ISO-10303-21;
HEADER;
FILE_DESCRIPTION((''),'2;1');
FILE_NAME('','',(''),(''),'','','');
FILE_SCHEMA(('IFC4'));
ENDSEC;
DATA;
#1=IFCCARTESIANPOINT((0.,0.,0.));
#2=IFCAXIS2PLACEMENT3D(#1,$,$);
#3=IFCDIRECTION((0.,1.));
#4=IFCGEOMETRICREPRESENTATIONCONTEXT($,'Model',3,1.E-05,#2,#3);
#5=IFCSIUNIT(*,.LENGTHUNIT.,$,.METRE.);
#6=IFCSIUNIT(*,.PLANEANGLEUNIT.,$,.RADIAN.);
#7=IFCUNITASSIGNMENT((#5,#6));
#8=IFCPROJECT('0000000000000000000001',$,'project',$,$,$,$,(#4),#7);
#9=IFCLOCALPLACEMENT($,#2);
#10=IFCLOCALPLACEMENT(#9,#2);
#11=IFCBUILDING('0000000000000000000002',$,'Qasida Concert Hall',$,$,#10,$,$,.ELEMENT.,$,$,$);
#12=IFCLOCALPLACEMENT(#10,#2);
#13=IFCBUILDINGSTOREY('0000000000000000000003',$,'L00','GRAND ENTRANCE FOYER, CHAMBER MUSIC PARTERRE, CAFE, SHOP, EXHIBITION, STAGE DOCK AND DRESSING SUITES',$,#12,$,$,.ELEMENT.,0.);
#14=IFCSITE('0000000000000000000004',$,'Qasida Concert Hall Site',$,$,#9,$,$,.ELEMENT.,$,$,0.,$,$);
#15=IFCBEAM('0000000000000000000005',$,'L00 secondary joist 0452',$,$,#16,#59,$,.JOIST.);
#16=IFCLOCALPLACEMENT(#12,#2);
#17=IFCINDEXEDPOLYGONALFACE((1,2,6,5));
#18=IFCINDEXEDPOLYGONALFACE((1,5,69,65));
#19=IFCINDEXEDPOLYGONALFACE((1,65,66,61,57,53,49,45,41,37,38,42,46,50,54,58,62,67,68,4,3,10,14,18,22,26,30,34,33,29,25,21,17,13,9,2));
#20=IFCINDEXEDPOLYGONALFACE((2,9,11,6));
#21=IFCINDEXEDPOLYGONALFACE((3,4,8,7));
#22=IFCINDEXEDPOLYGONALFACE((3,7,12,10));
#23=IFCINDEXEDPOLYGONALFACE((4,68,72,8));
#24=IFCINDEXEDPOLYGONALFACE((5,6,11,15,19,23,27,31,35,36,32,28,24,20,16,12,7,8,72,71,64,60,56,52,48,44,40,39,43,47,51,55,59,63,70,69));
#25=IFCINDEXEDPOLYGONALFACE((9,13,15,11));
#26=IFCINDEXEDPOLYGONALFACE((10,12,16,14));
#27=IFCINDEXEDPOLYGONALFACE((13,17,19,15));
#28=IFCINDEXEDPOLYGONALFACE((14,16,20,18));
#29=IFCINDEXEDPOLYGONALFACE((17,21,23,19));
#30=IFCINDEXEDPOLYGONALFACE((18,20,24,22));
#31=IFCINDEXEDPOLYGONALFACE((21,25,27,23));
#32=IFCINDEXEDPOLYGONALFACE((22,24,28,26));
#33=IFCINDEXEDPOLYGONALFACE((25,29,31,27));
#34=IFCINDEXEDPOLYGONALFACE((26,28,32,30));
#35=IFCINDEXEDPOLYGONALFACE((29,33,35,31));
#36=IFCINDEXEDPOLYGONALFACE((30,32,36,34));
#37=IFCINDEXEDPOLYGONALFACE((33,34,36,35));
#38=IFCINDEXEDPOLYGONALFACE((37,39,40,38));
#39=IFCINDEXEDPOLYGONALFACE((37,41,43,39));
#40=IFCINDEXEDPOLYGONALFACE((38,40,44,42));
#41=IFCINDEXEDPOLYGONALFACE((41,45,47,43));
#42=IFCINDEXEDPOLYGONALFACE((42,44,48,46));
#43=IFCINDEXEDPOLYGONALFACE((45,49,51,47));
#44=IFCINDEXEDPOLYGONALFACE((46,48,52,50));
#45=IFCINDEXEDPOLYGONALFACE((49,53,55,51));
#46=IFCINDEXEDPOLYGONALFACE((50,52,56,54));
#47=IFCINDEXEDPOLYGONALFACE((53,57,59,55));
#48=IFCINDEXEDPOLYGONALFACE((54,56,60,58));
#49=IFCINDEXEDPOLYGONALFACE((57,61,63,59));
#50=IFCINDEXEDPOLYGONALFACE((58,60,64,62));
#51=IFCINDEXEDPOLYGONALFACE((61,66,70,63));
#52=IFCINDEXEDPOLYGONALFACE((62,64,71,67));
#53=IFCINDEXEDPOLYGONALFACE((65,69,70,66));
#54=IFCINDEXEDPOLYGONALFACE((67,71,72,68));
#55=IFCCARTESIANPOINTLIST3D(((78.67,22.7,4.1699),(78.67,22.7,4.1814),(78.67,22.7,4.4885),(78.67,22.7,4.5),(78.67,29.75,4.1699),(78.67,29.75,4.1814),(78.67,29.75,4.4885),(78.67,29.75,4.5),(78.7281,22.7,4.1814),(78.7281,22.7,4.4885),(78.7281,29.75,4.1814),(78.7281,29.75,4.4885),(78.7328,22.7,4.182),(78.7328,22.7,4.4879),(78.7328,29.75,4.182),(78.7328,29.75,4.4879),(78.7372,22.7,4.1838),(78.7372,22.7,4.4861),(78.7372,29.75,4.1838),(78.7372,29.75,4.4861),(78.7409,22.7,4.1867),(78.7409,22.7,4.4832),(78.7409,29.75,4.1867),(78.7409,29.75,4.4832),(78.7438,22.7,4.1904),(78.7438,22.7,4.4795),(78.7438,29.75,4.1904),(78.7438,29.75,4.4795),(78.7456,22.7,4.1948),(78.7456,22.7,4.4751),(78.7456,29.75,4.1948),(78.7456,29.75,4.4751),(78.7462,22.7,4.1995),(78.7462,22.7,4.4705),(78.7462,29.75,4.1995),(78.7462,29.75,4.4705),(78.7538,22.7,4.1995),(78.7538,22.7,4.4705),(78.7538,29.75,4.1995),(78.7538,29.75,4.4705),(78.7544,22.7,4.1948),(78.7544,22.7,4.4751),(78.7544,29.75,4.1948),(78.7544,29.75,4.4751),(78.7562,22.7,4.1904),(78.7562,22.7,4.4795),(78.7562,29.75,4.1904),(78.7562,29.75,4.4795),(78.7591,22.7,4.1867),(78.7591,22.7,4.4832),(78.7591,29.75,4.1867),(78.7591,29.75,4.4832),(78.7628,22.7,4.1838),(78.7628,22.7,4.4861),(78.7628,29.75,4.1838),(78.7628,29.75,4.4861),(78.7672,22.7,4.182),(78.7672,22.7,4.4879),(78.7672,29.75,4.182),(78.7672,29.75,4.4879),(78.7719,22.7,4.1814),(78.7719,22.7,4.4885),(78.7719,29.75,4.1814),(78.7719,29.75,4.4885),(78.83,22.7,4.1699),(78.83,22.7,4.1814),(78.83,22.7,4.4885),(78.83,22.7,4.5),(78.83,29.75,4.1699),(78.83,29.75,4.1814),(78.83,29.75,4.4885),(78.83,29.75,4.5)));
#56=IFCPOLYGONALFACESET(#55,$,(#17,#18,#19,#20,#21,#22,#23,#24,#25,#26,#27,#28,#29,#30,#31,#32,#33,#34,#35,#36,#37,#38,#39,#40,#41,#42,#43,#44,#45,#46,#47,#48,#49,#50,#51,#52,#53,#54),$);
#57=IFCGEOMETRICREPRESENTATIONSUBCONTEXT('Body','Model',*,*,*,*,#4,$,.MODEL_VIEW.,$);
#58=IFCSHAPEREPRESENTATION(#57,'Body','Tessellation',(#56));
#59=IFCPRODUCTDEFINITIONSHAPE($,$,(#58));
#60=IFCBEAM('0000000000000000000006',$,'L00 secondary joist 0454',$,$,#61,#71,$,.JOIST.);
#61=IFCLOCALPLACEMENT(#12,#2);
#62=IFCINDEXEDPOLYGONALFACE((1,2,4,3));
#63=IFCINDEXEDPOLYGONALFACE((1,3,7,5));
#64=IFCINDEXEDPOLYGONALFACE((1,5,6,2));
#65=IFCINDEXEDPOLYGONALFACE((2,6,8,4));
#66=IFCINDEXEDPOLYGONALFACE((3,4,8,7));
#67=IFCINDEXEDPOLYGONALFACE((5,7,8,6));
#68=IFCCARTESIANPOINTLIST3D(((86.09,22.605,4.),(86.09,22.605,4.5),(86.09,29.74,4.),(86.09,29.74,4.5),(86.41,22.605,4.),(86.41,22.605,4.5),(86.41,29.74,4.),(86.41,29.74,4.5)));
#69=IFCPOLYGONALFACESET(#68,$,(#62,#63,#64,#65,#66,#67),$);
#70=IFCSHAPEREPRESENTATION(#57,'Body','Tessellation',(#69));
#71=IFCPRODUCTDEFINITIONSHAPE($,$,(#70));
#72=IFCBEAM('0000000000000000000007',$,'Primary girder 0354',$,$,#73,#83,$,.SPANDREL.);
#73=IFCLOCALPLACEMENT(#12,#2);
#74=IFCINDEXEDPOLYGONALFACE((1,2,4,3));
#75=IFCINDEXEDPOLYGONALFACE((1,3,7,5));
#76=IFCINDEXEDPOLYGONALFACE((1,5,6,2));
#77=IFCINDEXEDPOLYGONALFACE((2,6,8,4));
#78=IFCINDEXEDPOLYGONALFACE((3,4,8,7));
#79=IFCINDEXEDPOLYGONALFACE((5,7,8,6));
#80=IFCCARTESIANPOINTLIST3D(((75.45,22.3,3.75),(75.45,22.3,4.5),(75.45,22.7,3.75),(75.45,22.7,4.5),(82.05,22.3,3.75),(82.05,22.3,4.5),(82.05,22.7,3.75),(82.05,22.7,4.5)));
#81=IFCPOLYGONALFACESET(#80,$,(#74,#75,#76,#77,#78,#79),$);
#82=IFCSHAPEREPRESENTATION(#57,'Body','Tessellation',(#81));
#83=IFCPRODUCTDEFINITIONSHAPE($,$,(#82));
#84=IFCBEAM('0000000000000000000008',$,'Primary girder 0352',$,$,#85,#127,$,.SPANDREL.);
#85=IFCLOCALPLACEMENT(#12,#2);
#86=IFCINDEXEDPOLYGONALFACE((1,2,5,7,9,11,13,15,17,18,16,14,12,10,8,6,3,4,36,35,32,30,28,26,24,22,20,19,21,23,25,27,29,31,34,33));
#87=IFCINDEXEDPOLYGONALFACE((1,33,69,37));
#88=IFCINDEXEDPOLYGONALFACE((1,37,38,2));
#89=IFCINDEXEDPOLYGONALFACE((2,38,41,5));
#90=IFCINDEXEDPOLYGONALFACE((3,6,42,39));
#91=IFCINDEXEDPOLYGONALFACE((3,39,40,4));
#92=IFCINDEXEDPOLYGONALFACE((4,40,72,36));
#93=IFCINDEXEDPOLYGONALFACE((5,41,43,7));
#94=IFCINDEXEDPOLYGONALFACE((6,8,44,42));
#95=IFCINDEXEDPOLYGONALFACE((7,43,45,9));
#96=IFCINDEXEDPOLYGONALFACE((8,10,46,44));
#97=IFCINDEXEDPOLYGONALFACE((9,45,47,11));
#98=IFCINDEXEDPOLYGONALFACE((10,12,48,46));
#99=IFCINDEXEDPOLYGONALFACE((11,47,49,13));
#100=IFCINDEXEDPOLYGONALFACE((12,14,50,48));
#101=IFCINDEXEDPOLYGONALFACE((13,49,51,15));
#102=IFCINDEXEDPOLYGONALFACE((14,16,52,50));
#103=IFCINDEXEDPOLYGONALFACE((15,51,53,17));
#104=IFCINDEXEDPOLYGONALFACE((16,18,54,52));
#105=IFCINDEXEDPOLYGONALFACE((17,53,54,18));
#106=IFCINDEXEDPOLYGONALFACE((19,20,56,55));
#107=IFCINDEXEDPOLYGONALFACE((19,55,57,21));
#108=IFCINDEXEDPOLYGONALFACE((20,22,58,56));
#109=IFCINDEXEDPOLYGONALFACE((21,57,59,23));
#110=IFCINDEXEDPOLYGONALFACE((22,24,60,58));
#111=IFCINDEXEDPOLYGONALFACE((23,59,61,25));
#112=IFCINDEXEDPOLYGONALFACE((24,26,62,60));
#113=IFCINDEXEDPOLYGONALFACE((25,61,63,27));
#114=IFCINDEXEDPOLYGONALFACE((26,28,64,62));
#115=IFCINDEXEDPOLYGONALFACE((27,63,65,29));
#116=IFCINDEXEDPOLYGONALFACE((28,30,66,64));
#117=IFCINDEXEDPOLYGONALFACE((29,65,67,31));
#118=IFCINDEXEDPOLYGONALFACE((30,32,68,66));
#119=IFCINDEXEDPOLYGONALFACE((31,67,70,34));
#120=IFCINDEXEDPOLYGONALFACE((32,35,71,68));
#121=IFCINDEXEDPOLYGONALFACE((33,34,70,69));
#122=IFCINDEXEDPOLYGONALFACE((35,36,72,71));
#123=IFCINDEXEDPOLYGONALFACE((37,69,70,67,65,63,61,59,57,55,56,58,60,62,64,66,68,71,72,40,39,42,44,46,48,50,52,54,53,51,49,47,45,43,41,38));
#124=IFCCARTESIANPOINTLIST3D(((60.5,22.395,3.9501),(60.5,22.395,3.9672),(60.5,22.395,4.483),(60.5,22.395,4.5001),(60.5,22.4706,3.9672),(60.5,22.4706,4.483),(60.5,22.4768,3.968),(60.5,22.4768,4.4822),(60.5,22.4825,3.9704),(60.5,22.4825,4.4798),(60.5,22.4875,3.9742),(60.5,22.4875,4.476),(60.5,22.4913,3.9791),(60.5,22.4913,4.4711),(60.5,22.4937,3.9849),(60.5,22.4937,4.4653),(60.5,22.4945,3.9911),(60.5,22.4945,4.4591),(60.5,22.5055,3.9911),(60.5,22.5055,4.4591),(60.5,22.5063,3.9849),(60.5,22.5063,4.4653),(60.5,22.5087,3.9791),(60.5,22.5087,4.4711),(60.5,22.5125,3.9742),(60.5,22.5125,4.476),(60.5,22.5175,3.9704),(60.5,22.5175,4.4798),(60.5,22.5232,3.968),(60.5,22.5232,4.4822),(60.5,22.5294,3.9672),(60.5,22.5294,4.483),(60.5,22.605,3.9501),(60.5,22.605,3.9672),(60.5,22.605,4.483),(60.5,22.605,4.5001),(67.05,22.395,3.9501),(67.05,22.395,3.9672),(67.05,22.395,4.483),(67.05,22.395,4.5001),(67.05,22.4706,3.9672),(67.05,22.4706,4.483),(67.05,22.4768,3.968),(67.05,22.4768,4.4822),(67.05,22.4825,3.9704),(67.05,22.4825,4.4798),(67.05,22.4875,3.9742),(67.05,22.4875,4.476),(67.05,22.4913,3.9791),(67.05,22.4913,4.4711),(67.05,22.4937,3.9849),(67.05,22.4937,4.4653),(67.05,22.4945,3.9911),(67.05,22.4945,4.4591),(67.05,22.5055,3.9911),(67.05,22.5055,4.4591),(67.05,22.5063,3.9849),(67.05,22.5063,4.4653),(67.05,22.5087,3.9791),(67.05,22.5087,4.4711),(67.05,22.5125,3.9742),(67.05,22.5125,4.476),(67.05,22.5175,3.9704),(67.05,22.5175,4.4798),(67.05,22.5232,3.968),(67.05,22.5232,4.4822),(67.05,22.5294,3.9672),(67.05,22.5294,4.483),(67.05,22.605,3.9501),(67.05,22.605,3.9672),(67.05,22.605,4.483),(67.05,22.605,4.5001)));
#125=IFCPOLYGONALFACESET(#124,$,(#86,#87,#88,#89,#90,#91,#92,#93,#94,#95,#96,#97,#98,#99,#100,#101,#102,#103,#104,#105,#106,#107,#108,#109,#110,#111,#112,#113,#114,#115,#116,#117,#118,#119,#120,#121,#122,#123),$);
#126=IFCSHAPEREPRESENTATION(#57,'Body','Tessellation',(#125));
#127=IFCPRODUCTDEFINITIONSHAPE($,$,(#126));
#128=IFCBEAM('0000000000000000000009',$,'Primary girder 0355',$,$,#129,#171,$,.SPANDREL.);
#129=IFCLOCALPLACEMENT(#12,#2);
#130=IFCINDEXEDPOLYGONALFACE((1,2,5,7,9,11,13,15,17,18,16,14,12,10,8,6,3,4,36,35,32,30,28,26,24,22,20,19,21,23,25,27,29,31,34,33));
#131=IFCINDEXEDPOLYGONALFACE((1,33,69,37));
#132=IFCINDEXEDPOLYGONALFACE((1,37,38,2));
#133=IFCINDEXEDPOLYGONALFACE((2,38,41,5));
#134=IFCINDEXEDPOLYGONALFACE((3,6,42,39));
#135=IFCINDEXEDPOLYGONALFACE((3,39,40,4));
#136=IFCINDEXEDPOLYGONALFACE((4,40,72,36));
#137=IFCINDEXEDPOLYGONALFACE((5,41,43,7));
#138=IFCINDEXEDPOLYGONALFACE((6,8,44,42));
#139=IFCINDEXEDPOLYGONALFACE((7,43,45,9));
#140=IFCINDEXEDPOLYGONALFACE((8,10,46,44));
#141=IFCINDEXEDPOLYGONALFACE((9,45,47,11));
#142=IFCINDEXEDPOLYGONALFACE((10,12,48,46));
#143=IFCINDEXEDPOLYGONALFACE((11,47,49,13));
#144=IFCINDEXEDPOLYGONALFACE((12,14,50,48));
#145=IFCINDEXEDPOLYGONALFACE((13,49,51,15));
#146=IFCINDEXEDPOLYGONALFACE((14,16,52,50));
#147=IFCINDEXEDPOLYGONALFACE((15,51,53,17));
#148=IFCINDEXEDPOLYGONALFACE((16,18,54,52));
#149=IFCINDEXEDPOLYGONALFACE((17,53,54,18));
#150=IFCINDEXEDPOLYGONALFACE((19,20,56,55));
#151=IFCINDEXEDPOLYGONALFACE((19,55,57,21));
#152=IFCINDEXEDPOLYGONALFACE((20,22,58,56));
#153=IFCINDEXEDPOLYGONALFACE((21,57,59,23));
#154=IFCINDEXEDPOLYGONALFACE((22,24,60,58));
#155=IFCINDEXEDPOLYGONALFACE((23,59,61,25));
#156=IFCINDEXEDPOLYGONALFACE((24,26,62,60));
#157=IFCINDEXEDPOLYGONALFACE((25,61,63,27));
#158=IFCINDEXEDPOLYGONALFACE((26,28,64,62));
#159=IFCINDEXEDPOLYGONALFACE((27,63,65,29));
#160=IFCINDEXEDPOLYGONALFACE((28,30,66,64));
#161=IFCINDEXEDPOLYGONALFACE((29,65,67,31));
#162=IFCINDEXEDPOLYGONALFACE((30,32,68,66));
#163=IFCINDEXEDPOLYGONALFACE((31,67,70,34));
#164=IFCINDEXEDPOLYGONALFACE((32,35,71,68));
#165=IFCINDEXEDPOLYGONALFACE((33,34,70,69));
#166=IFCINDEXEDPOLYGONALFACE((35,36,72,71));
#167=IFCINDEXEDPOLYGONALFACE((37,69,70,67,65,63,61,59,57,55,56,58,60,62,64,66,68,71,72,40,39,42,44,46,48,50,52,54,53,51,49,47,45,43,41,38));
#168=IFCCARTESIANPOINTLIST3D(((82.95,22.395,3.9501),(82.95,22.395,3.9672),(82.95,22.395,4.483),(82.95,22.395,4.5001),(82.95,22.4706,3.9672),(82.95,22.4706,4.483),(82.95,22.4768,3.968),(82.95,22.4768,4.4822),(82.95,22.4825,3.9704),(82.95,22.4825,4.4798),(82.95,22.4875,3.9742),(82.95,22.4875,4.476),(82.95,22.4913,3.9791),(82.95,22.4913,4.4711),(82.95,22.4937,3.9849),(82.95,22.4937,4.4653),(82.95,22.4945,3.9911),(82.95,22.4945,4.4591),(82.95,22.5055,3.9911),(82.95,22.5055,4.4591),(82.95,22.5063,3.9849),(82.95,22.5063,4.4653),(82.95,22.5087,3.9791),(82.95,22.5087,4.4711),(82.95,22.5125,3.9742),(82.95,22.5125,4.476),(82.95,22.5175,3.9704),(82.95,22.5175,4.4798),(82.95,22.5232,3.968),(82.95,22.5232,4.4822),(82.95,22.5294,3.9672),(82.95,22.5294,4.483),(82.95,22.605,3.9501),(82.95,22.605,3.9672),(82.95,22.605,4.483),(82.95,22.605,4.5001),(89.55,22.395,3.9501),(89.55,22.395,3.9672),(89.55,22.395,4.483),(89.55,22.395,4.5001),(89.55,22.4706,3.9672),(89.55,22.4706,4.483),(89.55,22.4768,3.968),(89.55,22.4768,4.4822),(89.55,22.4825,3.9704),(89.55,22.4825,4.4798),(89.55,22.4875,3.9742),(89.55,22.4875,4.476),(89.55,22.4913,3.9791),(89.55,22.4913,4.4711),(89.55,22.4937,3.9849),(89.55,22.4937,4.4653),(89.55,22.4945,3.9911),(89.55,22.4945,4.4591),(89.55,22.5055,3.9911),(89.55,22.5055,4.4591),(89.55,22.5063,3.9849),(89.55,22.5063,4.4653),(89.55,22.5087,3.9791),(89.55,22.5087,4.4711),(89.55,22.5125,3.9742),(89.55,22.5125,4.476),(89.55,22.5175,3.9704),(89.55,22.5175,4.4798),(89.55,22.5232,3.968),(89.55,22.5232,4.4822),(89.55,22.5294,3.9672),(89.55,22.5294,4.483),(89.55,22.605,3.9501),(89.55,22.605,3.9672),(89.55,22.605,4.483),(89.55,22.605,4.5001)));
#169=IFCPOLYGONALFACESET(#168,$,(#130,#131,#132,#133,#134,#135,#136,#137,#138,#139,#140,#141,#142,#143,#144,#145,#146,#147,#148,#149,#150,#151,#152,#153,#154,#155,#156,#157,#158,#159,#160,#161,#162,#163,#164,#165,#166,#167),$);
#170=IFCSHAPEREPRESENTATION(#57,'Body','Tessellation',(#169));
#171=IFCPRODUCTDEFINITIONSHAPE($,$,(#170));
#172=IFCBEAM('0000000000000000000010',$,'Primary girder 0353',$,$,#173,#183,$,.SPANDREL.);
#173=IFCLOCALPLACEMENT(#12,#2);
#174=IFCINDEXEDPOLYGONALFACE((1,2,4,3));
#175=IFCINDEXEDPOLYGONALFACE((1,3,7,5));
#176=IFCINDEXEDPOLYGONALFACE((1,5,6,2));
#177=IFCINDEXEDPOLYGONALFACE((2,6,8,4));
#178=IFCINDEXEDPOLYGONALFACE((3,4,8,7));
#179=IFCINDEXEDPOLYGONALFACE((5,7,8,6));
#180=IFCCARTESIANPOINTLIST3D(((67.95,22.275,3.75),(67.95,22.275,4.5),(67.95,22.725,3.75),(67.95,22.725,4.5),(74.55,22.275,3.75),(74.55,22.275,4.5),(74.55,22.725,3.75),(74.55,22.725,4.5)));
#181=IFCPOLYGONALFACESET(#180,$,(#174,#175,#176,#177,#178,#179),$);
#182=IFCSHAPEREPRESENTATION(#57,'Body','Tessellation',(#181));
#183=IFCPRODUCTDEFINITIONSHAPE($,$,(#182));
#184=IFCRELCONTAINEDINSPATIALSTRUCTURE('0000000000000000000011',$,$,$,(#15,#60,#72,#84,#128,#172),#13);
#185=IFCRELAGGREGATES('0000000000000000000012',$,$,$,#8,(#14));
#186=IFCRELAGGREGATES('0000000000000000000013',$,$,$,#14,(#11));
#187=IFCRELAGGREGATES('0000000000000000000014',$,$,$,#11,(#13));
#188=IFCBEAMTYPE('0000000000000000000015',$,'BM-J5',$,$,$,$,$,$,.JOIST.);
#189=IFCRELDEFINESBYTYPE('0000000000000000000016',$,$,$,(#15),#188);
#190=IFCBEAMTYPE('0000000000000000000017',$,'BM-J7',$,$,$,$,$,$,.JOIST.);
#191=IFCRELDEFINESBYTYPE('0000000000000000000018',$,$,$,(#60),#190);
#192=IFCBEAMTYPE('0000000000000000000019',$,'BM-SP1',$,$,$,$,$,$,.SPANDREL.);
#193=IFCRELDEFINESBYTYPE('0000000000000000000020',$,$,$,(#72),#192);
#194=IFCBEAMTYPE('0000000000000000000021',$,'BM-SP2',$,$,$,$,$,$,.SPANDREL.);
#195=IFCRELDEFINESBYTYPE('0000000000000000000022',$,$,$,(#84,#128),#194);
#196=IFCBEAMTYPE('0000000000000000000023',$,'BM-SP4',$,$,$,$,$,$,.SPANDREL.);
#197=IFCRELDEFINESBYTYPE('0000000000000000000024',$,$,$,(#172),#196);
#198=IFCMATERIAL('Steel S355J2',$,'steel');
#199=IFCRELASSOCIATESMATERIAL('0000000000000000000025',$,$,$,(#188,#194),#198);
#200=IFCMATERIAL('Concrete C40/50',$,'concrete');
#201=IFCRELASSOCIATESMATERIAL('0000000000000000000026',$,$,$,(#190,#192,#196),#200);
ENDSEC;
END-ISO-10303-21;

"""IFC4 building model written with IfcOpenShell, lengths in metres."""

from ifc_helpers import new_model, si_unit, direction, frame, origin, origin_2d, place, context, subcontext, project, spatial, rectangle, i_section, extrude, material, material_profile, profile_set, type_object, element, save


model = new_model("IFC4")

# Units and contexts
model_context = context("Model", 3, precision=1e-05, world=origin(), true_north=direction((0.0, 1.0)))
body_context = subcontext(model_context, "Body", "Model", "MODEL_VIEW")
ifc_project = project(units=[si_unit("LENGTHUNIT", "METRE"), si_unit("PLANEANGLEUNIT", "RADIAN")], contexts=[model_context])

# Site, building, storey
site_placement = place(None, origin())
site = spatial("IfcSite", under=ifc_project, at=site_placement, Name="Qasida Concert Hall Site", CompositionType="ELEMENT", RefElevation=0.0)
building_placement = place(site_placement, origin())
building = spatial("IfcBuilding", under=site, at=building_placement, Name="Qasida Concert Hall", CompositionType="ELEMENT")
storey_placement = place(building_placement, origin())
storey = spatial("IfcBuildingStorey", under=building, at=storey_placement, Name="L00", Description="GRAND ENTRANCE FOYER, CHAMBER MUSIC PARTERRE, CAFE, SHOP, EXHIBITION, STAGE DOCK AND DRESSING SUITES", CompositionType="ELEMENT", Elevation=0.0)

# Beams
ifc_material_1 = material(Name="Concrete C40/50", Category="concrete")
ifc_material_2 = material(Name="Steel S355J2", Category="steel")
ifc_material_profile_1 = material_profile(ifc_material_2, i_section(OverallWidth=0.1599, OverallDepth=0.3301, WebThickness=0.0076, FlangeThickness=0.0115, FilletRadius=0.0181, at=origin_2d()), Name="IPE 330")
ifc_profile_set_1 = profile_set([ifc_material_profile_1], Name="Steel S355J2")
beam_type_1 = type_object("IfcBeamType", Name="BM-J5", PredefinedType="JOIST", material=ifc_profile_set_1)
beam_1_placement = place(storey_placement, frame((78.75, 22.7, 4.335), z_axis=(0.0, 1.0, 0.0), x_axis=(-1.0, 0.0, 0.0)))
element("IfcBeam", 1, at=beam_1_placement, inside=storey, type_object=beam_type_1, Name="L00 secondary joist 0452", PredefinedType="JOIST", context=body_context, shape_type="SweptSolid", body=[
    extrude(i_section(OverallWidth=0.1599, OverallDepth=0.3301, WebThickness=0.0076, FlangeThickness=0.0115, FilletRadius=0.0181, at=origin_2d()), origin(), (0.0, 0.0, 1.0), 7.05),
])
ifc_material_profile_2 = material_profile(ifc_material_1, rectangle(XDim=0.3201, YDim=0.5, at=origin_2d()), Name="RC 320x500")
ifc_profile_set_2 = profile_set([ifc_material_profile_2], Name="Concrete C40/50")
beam_type_2 = type_object("IfcBeamType", Name="BM-J7", PredefinedType="JOIST", material=ifc_profile_set_2)
beam_2_placement = place(storey_placement, frame((86.25, 22.605, 4.25), z_axis=(0.0, 1.0, 0.0), x_axis=(-1.0, 0.0, 0.0)))
element("IfcBeam", 2, at=beam_2_placement, inside=storey, type_object=beam_type_2, Name="L00 secondary joist 0454", PredefinedType="JOIST", context=body_context, shape_type="SweptSolid", body=[
    extrude(rectangle(XDim=0.3201, YDim=0.5, at=origin_2d()), origin(), (0.0, 0.0, 1.0), 7.135),
])
ifc_material_profile_3 = material_profile(ifc_material_1, rectangle(XDim=0.3999, YDim=0.75, at=origin_2d()), Name="RC 400x750")
ifc_profile_set_3 = profile_set([ifc_material_profile_3], Name="Concrete C40/50")
beam_type_3 = type_object("IfcBeamType", Name="BM-SP1", PredefinedType="SPANDREL", material=ifc_profile_set_3)
beam_3_placement = place(storey_placement, frame((75.45, 22.5, 4.125), z_axis=(1.0, 0.0, 0.0), x_axis=(0.0, 1.0, 0.0)))
element("IfcBeam", 3, at=beam_3_placement, inside=storey, type_object=beam_type_3, Name="Primary girder 0354", PredefinedType="SPANDREL", context=body_context, shape_type="SweptSolid", body=[
    extrude(rectangle(XDim=0.3999, YDim=0.75, at=origin_2d()), origin(), (0.0, 0.0, 1.0), 6.6001),
])
ifc_material_profile_4 = material_profile(ifc_material_2, i_section(OverallWidth=0.21, OverallDepth=0.55, WebThickness=0.011, FlangeThickness=0.0171, FilletRadius=0.0239, at=origin_2d()), Name="IPE 550")
ifc_profile_set_4 = profile_set([ifc_material_profile_4], Name="Steel S355J2")
beam_type_4 = type_object("IfcBeamType", Name="BM-SP2", PredefinedType="SPANDREL", material=ifc_profile_set_4)
beam_4_placement = place(storey_placement, frame((60.5, 22.5, 4.2251), z_axis=(1.0, 0.0, 0.0), x_axis=(0.0, 1.0, 0.0)))
element("IfcBeam", 4, at=beam_4_placement, inside=storey, type_object=beam_type_4, Name="Primary girder 0352", PredefinedType="SPANDREL", context=body_context, shape_type="SweptSolid", body=[
    extrude(i_section(OverallWidth=0.21, OverallDepth=0.55, WebThickness=0.011, FlangeThickness=0.0171, FilletRadius=0.0239, at=origin_2d()), origin(), (0.0, 0.0, 1.0), 6.55),
])
beam_5_placement = place(storey_placement, frame((82.95, 22.5, 4.2251), z_axis=(1.0, 0.0, 0.0), x_axis=(0.0, 1.0, 0.0)))
element("IfcBeam", 5, at=beam_5_placement, inside=storey, type_object=beam_type_4, Name="Primary girder 0355", PredefinedType="SPANDREL", context=body_context, shape_type="SweptSolid", body=[
    extrude(i_section(OverallWidth=0.21, OverallDepth=0.55, WebThickness=0.011, FlangeThickness=0.0171, FilletRadius=0.0239, at=origin_2d()), origin(), (0.0, 0.0, 1.0), 6.6001),
])
ifc_material_profile_5 = material_profile(ifc_material_1, rectangle(XDim=0.45, YDim=0.75, at=origin_2d()), Name="RC 450x750")
ifc_profile_set_5 = profile_set([ifc_material_profile_5], Name="Concrete C40/50")
beam_type_5 = type_object("IfcBeamType", Name="BM-SP4", PredefinedType="SPANDREL", material=ifc_profile_set_5)
beam_6_placement = place(storey_placement, frame((67.95, 22.5, 4.125), z_axis=(1.0, 0.0, 0.0), x_axis=(0.0, 1.0, 0.0)))
element("IfcBeam", 6, at=beam_6_placement, inside=storey, type_object=beam_type_5, Name="Primary girder 0353", PredefinedType="SPANDREL", context=body_context, shape_type="SweptSolid", body=[
    extrude(rectangle(XDim=0.45, YDim=0.75, at=origin_2d()), origin(), (0.0, 0.0, 1.0), 6.6001),
])

save(model, "model.ifc")
